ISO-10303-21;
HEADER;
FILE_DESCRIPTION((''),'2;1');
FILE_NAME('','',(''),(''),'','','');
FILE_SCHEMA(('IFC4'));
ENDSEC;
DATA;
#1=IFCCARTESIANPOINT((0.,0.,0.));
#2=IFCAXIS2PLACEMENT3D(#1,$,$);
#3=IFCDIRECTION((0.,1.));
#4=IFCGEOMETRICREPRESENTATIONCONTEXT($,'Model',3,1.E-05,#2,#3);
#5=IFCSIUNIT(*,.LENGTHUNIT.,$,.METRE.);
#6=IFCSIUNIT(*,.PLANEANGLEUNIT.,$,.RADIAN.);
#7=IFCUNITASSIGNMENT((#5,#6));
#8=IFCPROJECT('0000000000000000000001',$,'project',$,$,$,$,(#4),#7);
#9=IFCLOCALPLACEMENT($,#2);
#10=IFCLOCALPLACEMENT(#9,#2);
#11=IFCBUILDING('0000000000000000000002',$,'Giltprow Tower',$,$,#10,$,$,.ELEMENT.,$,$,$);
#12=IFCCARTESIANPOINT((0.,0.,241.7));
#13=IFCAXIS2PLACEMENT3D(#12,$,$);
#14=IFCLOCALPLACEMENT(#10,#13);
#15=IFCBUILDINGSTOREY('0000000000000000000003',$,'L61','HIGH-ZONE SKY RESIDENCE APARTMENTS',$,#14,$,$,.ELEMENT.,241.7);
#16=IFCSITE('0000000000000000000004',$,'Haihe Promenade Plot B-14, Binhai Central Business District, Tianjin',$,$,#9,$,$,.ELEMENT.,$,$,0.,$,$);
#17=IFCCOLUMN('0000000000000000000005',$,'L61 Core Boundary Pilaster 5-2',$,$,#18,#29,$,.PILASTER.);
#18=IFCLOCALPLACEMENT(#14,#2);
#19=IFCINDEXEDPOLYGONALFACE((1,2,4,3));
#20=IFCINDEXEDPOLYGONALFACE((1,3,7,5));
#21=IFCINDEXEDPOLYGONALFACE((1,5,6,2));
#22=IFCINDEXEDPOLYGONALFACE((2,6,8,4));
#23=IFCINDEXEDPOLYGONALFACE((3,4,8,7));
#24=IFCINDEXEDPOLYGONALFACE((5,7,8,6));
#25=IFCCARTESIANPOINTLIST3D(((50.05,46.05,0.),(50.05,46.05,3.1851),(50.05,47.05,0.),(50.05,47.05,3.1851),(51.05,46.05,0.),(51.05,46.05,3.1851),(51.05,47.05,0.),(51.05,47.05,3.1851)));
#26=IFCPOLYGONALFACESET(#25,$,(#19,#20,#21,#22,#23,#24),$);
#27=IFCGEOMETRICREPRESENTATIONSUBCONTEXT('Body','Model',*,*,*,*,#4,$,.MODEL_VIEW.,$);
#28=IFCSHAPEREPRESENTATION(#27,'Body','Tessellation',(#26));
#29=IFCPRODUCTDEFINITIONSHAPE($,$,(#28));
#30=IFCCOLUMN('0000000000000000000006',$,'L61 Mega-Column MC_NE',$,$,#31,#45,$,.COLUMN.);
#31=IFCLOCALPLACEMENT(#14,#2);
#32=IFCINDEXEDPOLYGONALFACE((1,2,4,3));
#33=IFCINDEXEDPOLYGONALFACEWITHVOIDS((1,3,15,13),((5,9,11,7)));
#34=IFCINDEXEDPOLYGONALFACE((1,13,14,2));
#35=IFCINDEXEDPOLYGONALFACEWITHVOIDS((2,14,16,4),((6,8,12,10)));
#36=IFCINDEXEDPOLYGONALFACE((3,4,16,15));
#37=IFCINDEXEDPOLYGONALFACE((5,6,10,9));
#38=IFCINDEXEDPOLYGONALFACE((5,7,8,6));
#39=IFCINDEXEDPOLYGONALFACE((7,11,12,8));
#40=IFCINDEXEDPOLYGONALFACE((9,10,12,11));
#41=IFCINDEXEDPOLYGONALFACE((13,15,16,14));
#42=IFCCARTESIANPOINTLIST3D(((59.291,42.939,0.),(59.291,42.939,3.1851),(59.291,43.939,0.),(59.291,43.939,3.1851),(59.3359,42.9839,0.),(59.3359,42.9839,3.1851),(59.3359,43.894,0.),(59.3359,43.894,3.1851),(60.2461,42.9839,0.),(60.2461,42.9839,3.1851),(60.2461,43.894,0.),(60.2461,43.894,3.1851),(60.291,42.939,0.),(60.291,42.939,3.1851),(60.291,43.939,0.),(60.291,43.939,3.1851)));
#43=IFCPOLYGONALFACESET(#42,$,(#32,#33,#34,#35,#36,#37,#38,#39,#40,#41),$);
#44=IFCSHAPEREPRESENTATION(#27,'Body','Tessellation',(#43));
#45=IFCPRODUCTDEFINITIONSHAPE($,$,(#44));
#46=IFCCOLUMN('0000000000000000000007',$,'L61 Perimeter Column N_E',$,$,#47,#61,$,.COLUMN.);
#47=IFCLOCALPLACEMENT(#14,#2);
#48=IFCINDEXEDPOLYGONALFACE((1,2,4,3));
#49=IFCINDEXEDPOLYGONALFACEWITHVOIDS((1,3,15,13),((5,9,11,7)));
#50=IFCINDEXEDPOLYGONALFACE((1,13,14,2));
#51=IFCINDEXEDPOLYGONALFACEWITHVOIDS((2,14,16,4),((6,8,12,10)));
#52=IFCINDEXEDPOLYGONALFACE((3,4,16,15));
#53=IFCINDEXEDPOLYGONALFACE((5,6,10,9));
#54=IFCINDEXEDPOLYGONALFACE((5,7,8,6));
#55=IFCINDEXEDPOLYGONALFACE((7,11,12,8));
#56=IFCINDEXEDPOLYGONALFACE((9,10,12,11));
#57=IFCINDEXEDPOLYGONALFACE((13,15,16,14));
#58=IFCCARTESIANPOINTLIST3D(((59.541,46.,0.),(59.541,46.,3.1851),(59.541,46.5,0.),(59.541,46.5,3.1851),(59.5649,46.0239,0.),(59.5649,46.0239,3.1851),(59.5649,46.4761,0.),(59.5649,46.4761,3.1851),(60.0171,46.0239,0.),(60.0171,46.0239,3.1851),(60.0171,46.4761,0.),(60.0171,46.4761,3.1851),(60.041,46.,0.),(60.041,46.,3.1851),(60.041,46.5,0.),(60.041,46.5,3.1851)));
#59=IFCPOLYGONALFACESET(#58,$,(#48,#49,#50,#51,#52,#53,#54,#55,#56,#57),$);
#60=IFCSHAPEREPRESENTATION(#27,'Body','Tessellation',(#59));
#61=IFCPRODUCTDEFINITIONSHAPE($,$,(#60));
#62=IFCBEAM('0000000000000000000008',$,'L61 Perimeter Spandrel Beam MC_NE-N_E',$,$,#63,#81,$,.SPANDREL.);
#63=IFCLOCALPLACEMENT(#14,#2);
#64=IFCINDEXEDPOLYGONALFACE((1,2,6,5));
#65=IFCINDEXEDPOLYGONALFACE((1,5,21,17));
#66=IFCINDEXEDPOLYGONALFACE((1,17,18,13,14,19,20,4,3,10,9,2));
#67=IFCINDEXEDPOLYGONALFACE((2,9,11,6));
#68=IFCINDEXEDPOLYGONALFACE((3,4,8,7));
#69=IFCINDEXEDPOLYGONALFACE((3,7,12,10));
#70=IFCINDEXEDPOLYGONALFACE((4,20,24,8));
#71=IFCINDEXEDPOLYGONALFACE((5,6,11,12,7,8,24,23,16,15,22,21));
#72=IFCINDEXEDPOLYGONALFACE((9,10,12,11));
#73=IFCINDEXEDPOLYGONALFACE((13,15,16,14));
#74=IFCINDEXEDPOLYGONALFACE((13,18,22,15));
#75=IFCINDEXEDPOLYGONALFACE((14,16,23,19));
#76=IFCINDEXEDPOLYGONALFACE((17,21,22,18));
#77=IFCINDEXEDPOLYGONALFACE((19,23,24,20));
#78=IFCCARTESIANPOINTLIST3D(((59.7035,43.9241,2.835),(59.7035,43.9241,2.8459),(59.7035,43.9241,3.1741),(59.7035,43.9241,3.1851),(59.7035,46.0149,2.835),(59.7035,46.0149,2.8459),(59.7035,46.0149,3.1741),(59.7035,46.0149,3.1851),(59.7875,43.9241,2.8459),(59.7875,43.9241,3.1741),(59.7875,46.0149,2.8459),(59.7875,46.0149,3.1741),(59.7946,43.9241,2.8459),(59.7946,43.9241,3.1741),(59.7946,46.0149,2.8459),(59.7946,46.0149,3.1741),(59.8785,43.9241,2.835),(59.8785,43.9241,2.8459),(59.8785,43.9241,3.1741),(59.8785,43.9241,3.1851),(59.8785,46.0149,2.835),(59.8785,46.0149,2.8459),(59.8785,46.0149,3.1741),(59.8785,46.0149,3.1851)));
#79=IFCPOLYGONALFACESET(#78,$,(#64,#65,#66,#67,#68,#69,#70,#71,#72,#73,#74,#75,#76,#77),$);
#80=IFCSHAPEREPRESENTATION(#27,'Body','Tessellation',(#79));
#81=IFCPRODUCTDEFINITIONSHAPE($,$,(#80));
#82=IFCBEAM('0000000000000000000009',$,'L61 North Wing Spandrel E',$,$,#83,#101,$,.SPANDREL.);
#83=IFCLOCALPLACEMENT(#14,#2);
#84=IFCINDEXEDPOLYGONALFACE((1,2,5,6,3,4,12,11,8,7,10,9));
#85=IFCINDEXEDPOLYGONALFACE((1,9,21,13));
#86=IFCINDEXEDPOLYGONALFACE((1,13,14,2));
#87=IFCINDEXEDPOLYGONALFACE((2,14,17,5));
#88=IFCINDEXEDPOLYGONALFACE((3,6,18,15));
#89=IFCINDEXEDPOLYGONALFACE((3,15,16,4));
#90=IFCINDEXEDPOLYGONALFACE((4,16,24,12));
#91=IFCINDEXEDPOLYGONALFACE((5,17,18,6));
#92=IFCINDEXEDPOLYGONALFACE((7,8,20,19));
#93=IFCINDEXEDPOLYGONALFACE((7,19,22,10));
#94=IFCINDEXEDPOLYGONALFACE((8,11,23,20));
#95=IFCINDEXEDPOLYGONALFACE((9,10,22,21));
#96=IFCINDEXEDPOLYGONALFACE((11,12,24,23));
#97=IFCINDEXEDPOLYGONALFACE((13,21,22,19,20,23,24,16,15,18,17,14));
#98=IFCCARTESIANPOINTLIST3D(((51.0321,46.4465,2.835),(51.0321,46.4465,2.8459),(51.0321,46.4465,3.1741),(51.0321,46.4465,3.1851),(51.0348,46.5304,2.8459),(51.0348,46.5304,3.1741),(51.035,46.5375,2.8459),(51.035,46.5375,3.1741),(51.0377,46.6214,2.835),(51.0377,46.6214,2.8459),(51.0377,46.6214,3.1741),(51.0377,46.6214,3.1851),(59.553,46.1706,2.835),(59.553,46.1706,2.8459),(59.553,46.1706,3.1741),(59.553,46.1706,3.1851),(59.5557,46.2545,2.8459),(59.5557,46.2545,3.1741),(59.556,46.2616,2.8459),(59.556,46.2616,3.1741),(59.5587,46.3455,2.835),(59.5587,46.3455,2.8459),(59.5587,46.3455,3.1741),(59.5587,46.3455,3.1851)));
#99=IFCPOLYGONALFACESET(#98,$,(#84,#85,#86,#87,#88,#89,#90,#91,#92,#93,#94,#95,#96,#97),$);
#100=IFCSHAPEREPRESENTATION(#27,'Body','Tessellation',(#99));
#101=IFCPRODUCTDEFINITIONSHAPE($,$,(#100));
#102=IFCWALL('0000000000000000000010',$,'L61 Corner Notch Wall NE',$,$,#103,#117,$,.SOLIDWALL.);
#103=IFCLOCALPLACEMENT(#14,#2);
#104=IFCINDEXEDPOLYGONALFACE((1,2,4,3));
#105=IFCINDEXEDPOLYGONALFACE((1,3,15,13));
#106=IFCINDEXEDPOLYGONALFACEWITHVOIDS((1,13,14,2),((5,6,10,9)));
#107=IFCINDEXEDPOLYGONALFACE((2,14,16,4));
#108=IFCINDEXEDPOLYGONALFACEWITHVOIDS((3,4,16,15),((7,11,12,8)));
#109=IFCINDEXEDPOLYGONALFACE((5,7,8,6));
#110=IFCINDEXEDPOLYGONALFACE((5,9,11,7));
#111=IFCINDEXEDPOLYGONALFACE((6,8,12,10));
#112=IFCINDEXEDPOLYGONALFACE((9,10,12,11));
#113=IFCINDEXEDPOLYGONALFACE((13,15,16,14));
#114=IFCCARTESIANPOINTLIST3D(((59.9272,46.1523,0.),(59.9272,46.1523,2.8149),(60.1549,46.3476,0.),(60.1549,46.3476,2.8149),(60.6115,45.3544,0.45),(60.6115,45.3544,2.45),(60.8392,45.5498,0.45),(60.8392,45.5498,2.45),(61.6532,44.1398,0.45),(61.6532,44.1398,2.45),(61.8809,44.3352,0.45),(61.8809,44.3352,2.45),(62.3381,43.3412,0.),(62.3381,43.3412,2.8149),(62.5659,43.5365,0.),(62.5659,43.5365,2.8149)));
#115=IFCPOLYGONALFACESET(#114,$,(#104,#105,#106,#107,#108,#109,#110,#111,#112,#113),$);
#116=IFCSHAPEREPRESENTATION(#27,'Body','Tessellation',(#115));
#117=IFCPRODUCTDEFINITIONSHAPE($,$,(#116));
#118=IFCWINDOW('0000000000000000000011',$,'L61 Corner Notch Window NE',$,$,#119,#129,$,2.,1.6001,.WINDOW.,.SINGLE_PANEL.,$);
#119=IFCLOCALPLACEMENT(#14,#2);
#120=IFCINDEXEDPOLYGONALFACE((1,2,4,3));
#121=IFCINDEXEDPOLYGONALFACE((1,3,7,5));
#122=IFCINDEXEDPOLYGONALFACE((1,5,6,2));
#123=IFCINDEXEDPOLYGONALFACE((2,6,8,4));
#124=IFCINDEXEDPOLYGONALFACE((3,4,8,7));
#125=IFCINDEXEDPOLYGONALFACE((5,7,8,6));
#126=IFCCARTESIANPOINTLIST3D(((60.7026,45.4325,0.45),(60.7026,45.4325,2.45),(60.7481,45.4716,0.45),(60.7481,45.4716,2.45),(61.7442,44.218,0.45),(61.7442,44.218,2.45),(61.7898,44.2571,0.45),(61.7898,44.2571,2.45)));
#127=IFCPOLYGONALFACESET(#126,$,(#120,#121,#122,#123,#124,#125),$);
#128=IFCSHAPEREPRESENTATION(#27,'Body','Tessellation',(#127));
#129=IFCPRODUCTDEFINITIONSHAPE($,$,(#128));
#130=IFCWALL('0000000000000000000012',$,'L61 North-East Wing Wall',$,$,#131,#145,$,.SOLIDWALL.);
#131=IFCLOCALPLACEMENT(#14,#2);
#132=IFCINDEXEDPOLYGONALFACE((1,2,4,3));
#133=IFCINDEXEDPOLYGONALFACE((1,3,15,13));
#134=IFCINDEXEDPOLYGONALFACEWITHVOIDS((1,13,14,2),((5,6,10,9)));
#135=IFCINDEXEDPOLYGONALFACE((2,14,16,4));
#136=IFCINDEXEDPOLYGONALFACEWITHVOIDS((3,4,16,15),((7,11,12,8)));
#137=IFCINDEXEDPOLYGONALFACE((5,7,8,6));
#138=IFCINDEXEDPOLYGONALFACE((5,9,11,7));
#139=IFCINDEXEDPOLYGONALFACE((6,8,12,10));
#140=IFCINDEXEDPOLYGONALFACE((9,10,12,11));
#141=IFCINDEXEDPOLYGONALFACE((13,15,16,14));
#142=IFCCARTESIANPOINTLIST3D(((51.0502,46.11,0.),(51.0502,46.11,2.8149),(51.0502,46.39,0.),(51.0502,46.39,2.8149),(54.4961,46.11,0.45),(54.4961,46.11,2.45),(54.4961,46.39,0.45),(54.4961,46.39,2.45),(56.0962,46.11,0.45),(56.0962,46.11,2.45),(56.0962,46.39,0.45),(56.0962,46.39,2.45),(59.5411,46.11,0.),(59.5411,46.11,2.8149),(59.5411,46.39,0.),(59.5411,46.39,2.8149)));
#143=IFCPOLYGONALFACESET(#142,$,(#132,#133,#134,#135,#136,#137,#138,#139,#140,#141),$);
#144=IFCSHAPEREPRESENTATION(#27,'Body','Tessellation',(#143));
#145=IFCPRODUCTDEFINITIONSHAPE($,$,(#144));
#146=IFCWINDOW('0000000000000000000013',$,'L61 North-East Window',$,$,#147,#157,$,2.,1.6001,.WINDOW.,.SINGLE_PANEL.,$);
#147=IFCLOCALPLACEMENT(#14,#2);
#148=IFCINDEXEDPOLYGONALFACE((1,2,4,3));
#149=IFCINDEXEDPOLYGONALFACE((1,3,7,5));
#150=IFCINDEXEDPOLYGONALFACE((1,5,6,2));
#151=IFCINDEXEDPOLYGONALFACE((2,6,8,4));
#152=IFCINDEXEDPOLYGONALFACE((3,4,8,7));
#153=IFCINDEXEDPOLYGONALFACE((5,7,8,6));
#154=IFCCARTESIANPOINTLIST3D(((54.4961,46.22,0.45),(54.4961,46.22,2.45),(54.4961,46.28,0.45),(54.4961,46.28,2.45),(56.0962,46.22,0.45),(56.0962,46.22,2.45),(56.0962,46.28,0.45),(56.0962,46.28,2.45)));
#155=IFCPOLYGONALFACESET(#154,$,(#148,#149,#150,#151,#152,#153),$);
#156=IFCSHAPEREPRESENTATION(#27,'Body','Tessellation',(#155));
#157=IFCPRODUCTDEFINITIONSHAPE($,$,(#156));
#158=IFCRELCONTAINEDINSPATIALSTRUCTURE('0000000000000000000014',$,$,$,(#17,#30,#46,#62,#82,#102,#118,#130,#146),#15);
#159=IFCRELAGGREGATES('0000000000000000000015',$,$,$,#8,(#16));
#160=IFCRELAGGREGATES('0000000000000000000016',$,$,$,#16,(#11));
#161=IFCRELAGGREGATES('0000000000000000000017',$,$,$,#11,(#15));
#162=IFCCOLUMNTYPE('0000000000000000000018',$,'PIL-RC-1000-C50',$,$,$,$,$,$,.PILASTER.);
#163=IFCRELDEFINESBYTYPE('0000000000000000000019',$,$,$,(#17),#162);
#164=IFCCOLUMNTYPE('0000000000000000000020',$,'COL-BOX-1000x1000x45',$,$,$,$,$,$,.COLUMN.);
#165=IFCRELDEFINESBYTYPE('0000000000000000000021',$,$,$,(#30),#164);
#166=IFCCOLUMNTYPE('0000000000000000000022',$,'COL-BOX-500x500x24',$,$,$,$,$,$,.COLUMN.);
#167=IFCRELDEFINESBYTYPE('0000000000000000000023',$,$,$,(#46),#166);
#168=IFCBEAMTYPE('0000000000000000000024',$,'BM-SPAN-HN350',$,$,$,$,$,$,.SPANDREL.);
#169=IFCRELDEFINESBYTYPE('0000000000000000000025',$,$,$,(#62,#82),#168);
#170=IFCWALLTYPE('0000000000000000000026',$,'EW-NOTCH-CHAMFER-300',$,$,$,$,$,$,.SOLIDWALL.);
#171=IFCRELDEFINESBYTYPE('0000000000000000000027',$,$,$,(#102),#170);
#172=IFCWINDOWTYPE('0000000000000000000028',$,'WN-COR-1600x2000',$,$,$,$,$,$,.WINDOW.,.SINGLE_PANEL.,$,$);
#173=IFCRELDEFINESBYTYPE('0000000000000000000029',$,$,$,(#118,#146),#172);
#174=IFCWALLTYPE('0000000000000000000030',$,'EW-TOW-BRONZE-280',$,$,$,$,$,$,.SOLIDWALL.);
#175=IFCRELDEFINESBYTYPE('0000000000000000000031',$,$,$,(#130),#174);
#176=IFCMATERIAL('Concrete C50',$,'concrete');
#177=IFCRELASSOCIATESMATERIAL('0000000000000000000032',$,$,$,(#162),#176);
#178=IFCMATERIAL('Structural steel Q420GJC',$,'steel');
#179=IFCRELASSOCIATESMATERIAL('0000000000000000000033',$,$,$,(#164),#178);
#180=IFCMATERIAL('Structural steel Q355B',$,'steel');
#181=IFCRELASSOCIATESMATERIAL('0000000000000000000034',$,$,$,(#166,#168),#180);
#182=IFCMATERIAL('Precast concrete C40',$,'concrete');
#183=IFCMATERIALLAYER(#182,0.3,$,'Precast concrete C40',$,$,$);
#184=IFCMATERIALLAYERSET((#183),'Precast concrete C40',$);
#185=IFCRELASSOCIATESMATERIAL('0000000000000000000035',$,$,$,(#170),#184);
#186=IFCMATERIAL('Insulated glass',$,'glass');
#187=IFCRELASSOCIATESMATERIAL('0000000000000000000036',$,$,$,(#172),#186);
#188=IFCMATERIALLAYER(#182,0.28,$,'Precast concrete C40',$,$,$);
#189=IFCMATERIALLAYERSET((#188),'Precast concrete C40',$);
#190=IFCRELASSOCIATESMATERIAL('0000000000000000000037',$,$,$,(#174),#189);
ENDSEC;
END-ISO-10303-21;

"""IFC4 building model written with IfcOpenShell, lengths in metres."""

from ifc_helpers import new_model, si_unit, direction, frame, frame_2d, origin, origin_2d, place, context, subcontext, project, spatial, rectangle, hollow_rectangle, i_section, extrude, source, transform, mapped, material, layer, layer_set, material_profile, profile_set, type_object, element, fill, save


model = new_model("IFC4")

# Units and contexts
model_context = context("Model", 3, precision=1e-05, world=origin(), true_north=direction((0.0, 1.0)))
body_context = subcontext(model_context, "Body", "Model", "MODEL_VIEW")
ifc_project = project(units=[si_unit("LENGTHUNIT", "METRE"), si_unit("PLANEANGLEUNIT", "RADIAN")], contexts=[model_context])

# Site, building, storey
site_placement = place(None, origin())
site = spatial("IfcSite", under=ifc_project, at=site_placement, Name="Haihe Promenade Plot B-14, Binhai Central Business District, Tianjin", CompositionType="ELEMENT", RefElevation=0.0)
building_placement = place(site_placement, origin())
building = spatial("IfcBuilding", under=site, at=building_placement, Name="Giltprow Tower", CompositionType="ELEMENT")
storey_placement = place(building_placement, frame((0.0, 0.0, 241.7)))
storey = spatial("IfcBuildingStorey", under=building, at=storey_placement, Name="L61", Description="HIGH-ZONE SKY RESIDENCE APARTMENTS", CompositionType="ELEMENT", Elevation=241.7)

# Columns
ifc_material_1 = material(Name="Concrete C50", Category="concrete")
ifc_material_profile_1 = material_profile(ifc_material_1, rectangle(XDim=1.0, YDim=1.0, at=origin_2d()), Name="RC 1000x1000")
ifc_profile_set_1 = profile_set([ifc_material_profile_1], Name="Concrete C50")
column_type_1 = type_object("IfcColumnType", Name="PIL-RC-1000-C50", PredefinedType="PILASTER", material=ifc_profile_set_1)
shared_shape_1 = source(origin(), body_context, "Body", "SweptSolid", [
    extrude(rectangle(XDim=1.0, YDim=1.0, at=origin_2d()), origin(), (0.0, 0.0, 1.0), 3.1851),
])
column_1_placement = place(storey_placement, frame((50.55, 46.55, 0.0), z_axis=(0.0, 0.0, 1.0), x_axis=(1.0, 0.0, 0.0)))
element("IfcColumn", 1, at=column_1_placement, inside=storey, type_object=column_type_1, Name="L61 Core Boundary Pilaster 5-2", PredefinedType="PILASTER", context=body_context, shape_type="MappedRepresentation", body=[
    mapped(shared_shape_1, transform((0.0, 0.0, 0.0), x_axis=(1.0, 0.0, 0.0), y_axis=(0.0, 1.0, 0.0), z_axis=(0.0, 0.0, 1.0), scale=1.0)),
])
ifc_material_2 = material(Name="Structural steel Q420GJC", Category="steel")
ifc_material_profile_2 = material_profile(ifc_material_2, hollow_rectangle(XDim=1.0, YDim=1.0, WallThickness=0.0449, at=origin_2d()), Name="BOX 1000x1000x45")
ifc_profile_set_2 = profile_set([ifc_material_profile_2], Name="Structural steel Q420GJC")
column_type_2 = type_object("IfcColumnType", Name="COL-BOX-1000x1000x45", PredefinedType="COLUMN", material=ifc_profile_set_2)
shared_shape_2 = source(origin(), body_context, "Body", "SweptSolid", [
    extrude(hollow_rectangle(XDim=1.0, YDim=1.0, WallThickness=0.0449, at=origin_2d()), origin(), (0.0, 0.0, 1.0), 3.1851),
])
column_2_placement = place(storey_placement, frame((59.791, 43.439, 0.0), z_axis=(0.0, 0.0, 1.0), x_axis=(1.0, 0.0, 0.0)))
element("IfcColumn", 2, at=column_2_placement, inside=storey, type_object=column_type_2, Name="L61 Mega-Column MC_NE", PredefinedType="COLUMN", context=body_context, shape_type="MappedRepresentation", body=[
    mapped(shared_shape_2, transform((0.0, 0.0, 0.0), x_axis=(1.0, 0.0, 0.0), y_axis=(0.0, 1.0, 0.0), z_axis=(0.0, 0.0, 1.0), scale=1.0)),
])
ifc_material_3 = material(Name="Structural steel Q355B", Category="steel")
ifc_material_profile_3 = material_profile(ifc_material_3, hollow_rectangle(XDim=0.5, YDim=0.5, WallThickness=0.0239, at=origin_2d()), Name="BOX 500x500x24")
ifc_profile_set_3 = profile_set([ifc_material_profile_3], Name="Structural steel Q355B")
column_type_3 = type_object("IfcColumnType", Name="COL-BOX-500x500x24", PredefinedType="COLUMN", material=ifc_profile_set_3)
shared_shape_3 = source(origin(), body_context, "Body", "SweptSolid", [
    extrude(hollow_rectangle(XDim=0.5, YDim=0.5, WallThickness=0.0239, at=origin_2d()), origin(), (0.0, 0.0, 1.0), 3.1851),
])
column_3_placement = place(storey_placement, frame((59.791, 46.25, 0.0), z_axis=(0.0, 0.0, 1.0), x_axis=(1.0, 0.0, 0.0)))
element("IfcColumn", 3, at=column_3_placement, inside=storey, type_object=column_type_3, Name="L61 Perimeter Column N_E", PredefinedType="COLUMN", context=body_context, shape_type="MappedRepresentation", body=[
    mapped(shared_shape_3, transform((0.0, 0.0, 0.0), x_axis=(1.0, 0.0, 0.0), y_axis=(0.0, 1.0, 0.0), z_axis=(0.0, 0.0, 1.0), scale=1.0)),
])

# Beams
ifc_material_profile_4 = material_profile(ifc_material_3, i_section(OverallWidth=0.175, OverallDepth=0.3501, WebThickness=0.0071, FlangeThickness=0.011, at=origin_2d()), Name="HN 350x175x7x11")
ifc_profile_set_4 = profile_set([ifc_material_profile_4], Name="Structural steel Q355B")
beam_type = type_object("IfcBeamType", Name="BM-SPAN-HN350", PredefinedType="SPANDREL", material=ifc_profile_set_4)
shared_shape_4 = source(origin(), body_context, "Body", "SweptSolid", [
    extrude(i_section(OverallWidth=0.175, OverallDepth=0.3501, WebThickness=0.0071, FlangeThickness=0.011, at=origin_2d()), origin(), (0.0, 0.0, 1.0), 2.0908),
])
beam_1_placement = place(storey_placement, frame((59.791, 43.9241, 3.01), z_axis=(0.0, 1.0, 0.0), x_axis=(-1.0, 0.0, 0.0)))
element("IfcBeam", 4, at=beam_1_placement, inside=storey, type_object=beam_type, Name="L61 Perimeter Spandrel Beam MC_NE-N_E", PredefinedType="SPANDREL", context=body_context, shape_type="MappedRepresentation", body=[
    mapped(shared_shape_4, transform((0.0, 0.0, 0.0), x_axis=(1.0, 0.0, 0.0), y_axis=(0.0, 1.0, 0.0), z_axis=(0.0, 0.0, 1.0), scale=1.0)),
])
shared_shape_5 = source(origin(), body_context, "Body", "SweptSolid", [
    extrude(i_section(OverallWidth=0.175, OverallDepth=0.3501, WebThickness=0.0071, FlangeThickness=0.011, at=origin_2d()), origin(), (0.0, 0.0, 1.0), 8.5254),
])
beam_2_placement = place(storey_placement, frame((51.0349, 46.5339, 3.01), z_axis=(0.999476, -0.032359, 0.0), x_axis=(0.032359, 0.999476, 0.0)))
element("IfcBeam", 5, at=beam_2_placement, inside=storey, type_object=beam_type, Name="L61 North Wing Spandrel E", PredefinedType="SPANDREL", context=body_context, shape_type="MappedRepresentation", body=[
    mapped(shared_shape_5, transform((0.0, 0.0, 0.0), x_axis=(1.0, 0.0, 0.0), y_axis=(0.0, 1.0, 0.0), z_axis=(0.0, 0.0, 1.0), scale=1.0)),
])

# Walls, openings, windows
ifc_material_4 = material(Name="Precast concrete C40", Category="concrete")
ifc_layer_1 = layer(ifc_material_4, 0.3, Name="Precast concrete C40")
ifc_layer_set_1 = layer_set([ifc_layer_1], Name="Precast concrete C40")
wall_type_1 = type_object("IfcWallType", Name="EW-NOTCH-CHAMFER-300", PredefinedType="SOLIDWALL", material=ifc_layer_set_1)
wall_1_placement = place(storey_placement, frame((62.4519, 43.439, 0.0), z_axis=(0.0, 0.0, 1.0), x_axis=(-0.651014, 0.759066, 0.0)))
wall_1 = element("IfcWall", 6, at=wall_1_placement, inside=storey, type_object=wall_type_1, Name="L61 Corner Notch Wall NE", PredefinedType="SOLIDWALL", context=body_context, shape_type="SweptSolid", body=[
    extrude(rectangle(XDim=3.7034, YDim=0.3, at=frame_2d((1.8516, 0.0))), origin(), (0.0, 0.0, 1.0), 2.8149),
])
opening_1_placement = place(wall_1_placement, frame((1.052, 0.0, 0.45)))
opening_1 = element("IfcOpeningElement", 7, at=opening_1_placement, cuts=wall_1, PredefinedType="OPENING", context=body_context, shape_type="SweptSolid", body=[
    extrude(rectangle(XDim=1.6001, YDim=2.0, at=frame_2d((0.8, 1.0))), frame((0.0, 0.1599, 0.0), z_axis=(0.0, -1.0, 0.0), x_axis=(1.0, 0.0, 0.0)), (0.0, 0.0, 1.0), 0.3201),
])
ifc_material_5 = material(Name="Insulated glass", Category="glass")
window_type = type_object("IfcWindowType", Name="WN-COR-1600x2000", PartitioningType="SINGLE_PANEL", PredefinedType="WINDOW", material=ifc_material_5)
shared_shape_6 = source(origin(), body_context, "Body", "SweptSolid", [
    extrude(rectangle(XDim=1.6001, YDim=2.0, at=frame_2d((0.8, 1.0))), frame((0.0, 0.03, 0.0), z_axis=(0.0, -1.0, 0.0), x_axis=(1.0, 0.0, 0.0)), (0.0, 0.0, 1.0), 0.0601),
])
window_1_placement = place(opening_1_placement, origin())
window_1 = element("IfcWindow", 8, at=window_1_placement, inside=storey, type_object=window_type, Name="L61 Corner Notch Window NE", OverallHeight=2.0, OverallWidth=1.6001, PartitioningType="SINGLE_PANEL", PredefinedType="WINDOW", context=body_context, shape_type="MappedRepresentation", body=[
    mapped(shared_shape_6, transform((0.0, 0.0, 0.0), x_axis=(1.0, 0.0, 0.0), y_axis=(0.0, 1.0, 0.0), z_axis=(0.0, 0.0, 1.0), scale=1.0)),
])
fill(opening_1, window_1)
ifc_layer_2 = layer(ifc_material_4, 0.28, Name="Precast concrete C40")
ifc_layer_set_2 = layer_set([ifc_layer_2], Name="Precast concrete C40")
wall_type_2 = type_object("IfcWallType", Name="EW-TOW-BRONZE-280", PredefinedType="SOLIDWALL", material=ifc_layer_set_2)
wall_2_placement = place(storey_placement, frame((51.05, 46.25, 0.0), z_axis=(0.0, 0.0, 1.0), x_axis=(1.0, 0.0, 0.0)))
wall_2 = element("IfcWall", 9, at=wall_2_placement, inside=storey, type_object=wall_type_2, Name="L61 North-East Wing Wall", PredefinedType="SOLIDWALL", context=body_context, shape_type="SweptSolid", body=[
    extrude(rectangle(XDim=8.491, YDim=0.28, at=frame_2d((4.2456, 0.0))), origin(), (0.0, 0.0, 1.0), 2.8149),
])
opening_2_placement = place(wall_2_placement, frame((3.446, 0.0, 0.45)))
opening_2 = element("IfcOpeningElement", 10, at=opening_2_placement, cuts=wall_2, PredefinedType="OPENING", context=body_context, shape_type="SweptSolid", body=[
    extrude(rectangle(XDim=1.6001, YDim=2.0, at=frame_2d((0.8, 1.0))), frame((0.0, 0.1499, 0.0), z_axis=(0.0, -1.0, 0.0), x_axis=(1.0, 0.0, 0.0)), (0.0, 0.0, 1.0), 0.3),
])
window_2_placement = place(opening_2_placement, origin())
window_2 = element("IfcWindow", 11, at=window_2_placement, inside=storey, type_object=window_type, Name="L61 North-East Window", OverallHeight=2.0, OverallWidth=1.6001, PartitioningType="SINGLE_PANEL", PredefinedType="WINDOW", context=body_context, shape_type="MappedRepresentation", body=[
    mapped(shared_shape_6, transform((0.0, 0.0, 0.0), x_axis=(1.0, 0.0, 0.0), y_axis=(0.0, 1.0, 0.0), z_axis=(0.0, 0.0, 1.0), scale=1.0)),
])
fill(opening_2, window_2)

save(model, "model.ifc")
